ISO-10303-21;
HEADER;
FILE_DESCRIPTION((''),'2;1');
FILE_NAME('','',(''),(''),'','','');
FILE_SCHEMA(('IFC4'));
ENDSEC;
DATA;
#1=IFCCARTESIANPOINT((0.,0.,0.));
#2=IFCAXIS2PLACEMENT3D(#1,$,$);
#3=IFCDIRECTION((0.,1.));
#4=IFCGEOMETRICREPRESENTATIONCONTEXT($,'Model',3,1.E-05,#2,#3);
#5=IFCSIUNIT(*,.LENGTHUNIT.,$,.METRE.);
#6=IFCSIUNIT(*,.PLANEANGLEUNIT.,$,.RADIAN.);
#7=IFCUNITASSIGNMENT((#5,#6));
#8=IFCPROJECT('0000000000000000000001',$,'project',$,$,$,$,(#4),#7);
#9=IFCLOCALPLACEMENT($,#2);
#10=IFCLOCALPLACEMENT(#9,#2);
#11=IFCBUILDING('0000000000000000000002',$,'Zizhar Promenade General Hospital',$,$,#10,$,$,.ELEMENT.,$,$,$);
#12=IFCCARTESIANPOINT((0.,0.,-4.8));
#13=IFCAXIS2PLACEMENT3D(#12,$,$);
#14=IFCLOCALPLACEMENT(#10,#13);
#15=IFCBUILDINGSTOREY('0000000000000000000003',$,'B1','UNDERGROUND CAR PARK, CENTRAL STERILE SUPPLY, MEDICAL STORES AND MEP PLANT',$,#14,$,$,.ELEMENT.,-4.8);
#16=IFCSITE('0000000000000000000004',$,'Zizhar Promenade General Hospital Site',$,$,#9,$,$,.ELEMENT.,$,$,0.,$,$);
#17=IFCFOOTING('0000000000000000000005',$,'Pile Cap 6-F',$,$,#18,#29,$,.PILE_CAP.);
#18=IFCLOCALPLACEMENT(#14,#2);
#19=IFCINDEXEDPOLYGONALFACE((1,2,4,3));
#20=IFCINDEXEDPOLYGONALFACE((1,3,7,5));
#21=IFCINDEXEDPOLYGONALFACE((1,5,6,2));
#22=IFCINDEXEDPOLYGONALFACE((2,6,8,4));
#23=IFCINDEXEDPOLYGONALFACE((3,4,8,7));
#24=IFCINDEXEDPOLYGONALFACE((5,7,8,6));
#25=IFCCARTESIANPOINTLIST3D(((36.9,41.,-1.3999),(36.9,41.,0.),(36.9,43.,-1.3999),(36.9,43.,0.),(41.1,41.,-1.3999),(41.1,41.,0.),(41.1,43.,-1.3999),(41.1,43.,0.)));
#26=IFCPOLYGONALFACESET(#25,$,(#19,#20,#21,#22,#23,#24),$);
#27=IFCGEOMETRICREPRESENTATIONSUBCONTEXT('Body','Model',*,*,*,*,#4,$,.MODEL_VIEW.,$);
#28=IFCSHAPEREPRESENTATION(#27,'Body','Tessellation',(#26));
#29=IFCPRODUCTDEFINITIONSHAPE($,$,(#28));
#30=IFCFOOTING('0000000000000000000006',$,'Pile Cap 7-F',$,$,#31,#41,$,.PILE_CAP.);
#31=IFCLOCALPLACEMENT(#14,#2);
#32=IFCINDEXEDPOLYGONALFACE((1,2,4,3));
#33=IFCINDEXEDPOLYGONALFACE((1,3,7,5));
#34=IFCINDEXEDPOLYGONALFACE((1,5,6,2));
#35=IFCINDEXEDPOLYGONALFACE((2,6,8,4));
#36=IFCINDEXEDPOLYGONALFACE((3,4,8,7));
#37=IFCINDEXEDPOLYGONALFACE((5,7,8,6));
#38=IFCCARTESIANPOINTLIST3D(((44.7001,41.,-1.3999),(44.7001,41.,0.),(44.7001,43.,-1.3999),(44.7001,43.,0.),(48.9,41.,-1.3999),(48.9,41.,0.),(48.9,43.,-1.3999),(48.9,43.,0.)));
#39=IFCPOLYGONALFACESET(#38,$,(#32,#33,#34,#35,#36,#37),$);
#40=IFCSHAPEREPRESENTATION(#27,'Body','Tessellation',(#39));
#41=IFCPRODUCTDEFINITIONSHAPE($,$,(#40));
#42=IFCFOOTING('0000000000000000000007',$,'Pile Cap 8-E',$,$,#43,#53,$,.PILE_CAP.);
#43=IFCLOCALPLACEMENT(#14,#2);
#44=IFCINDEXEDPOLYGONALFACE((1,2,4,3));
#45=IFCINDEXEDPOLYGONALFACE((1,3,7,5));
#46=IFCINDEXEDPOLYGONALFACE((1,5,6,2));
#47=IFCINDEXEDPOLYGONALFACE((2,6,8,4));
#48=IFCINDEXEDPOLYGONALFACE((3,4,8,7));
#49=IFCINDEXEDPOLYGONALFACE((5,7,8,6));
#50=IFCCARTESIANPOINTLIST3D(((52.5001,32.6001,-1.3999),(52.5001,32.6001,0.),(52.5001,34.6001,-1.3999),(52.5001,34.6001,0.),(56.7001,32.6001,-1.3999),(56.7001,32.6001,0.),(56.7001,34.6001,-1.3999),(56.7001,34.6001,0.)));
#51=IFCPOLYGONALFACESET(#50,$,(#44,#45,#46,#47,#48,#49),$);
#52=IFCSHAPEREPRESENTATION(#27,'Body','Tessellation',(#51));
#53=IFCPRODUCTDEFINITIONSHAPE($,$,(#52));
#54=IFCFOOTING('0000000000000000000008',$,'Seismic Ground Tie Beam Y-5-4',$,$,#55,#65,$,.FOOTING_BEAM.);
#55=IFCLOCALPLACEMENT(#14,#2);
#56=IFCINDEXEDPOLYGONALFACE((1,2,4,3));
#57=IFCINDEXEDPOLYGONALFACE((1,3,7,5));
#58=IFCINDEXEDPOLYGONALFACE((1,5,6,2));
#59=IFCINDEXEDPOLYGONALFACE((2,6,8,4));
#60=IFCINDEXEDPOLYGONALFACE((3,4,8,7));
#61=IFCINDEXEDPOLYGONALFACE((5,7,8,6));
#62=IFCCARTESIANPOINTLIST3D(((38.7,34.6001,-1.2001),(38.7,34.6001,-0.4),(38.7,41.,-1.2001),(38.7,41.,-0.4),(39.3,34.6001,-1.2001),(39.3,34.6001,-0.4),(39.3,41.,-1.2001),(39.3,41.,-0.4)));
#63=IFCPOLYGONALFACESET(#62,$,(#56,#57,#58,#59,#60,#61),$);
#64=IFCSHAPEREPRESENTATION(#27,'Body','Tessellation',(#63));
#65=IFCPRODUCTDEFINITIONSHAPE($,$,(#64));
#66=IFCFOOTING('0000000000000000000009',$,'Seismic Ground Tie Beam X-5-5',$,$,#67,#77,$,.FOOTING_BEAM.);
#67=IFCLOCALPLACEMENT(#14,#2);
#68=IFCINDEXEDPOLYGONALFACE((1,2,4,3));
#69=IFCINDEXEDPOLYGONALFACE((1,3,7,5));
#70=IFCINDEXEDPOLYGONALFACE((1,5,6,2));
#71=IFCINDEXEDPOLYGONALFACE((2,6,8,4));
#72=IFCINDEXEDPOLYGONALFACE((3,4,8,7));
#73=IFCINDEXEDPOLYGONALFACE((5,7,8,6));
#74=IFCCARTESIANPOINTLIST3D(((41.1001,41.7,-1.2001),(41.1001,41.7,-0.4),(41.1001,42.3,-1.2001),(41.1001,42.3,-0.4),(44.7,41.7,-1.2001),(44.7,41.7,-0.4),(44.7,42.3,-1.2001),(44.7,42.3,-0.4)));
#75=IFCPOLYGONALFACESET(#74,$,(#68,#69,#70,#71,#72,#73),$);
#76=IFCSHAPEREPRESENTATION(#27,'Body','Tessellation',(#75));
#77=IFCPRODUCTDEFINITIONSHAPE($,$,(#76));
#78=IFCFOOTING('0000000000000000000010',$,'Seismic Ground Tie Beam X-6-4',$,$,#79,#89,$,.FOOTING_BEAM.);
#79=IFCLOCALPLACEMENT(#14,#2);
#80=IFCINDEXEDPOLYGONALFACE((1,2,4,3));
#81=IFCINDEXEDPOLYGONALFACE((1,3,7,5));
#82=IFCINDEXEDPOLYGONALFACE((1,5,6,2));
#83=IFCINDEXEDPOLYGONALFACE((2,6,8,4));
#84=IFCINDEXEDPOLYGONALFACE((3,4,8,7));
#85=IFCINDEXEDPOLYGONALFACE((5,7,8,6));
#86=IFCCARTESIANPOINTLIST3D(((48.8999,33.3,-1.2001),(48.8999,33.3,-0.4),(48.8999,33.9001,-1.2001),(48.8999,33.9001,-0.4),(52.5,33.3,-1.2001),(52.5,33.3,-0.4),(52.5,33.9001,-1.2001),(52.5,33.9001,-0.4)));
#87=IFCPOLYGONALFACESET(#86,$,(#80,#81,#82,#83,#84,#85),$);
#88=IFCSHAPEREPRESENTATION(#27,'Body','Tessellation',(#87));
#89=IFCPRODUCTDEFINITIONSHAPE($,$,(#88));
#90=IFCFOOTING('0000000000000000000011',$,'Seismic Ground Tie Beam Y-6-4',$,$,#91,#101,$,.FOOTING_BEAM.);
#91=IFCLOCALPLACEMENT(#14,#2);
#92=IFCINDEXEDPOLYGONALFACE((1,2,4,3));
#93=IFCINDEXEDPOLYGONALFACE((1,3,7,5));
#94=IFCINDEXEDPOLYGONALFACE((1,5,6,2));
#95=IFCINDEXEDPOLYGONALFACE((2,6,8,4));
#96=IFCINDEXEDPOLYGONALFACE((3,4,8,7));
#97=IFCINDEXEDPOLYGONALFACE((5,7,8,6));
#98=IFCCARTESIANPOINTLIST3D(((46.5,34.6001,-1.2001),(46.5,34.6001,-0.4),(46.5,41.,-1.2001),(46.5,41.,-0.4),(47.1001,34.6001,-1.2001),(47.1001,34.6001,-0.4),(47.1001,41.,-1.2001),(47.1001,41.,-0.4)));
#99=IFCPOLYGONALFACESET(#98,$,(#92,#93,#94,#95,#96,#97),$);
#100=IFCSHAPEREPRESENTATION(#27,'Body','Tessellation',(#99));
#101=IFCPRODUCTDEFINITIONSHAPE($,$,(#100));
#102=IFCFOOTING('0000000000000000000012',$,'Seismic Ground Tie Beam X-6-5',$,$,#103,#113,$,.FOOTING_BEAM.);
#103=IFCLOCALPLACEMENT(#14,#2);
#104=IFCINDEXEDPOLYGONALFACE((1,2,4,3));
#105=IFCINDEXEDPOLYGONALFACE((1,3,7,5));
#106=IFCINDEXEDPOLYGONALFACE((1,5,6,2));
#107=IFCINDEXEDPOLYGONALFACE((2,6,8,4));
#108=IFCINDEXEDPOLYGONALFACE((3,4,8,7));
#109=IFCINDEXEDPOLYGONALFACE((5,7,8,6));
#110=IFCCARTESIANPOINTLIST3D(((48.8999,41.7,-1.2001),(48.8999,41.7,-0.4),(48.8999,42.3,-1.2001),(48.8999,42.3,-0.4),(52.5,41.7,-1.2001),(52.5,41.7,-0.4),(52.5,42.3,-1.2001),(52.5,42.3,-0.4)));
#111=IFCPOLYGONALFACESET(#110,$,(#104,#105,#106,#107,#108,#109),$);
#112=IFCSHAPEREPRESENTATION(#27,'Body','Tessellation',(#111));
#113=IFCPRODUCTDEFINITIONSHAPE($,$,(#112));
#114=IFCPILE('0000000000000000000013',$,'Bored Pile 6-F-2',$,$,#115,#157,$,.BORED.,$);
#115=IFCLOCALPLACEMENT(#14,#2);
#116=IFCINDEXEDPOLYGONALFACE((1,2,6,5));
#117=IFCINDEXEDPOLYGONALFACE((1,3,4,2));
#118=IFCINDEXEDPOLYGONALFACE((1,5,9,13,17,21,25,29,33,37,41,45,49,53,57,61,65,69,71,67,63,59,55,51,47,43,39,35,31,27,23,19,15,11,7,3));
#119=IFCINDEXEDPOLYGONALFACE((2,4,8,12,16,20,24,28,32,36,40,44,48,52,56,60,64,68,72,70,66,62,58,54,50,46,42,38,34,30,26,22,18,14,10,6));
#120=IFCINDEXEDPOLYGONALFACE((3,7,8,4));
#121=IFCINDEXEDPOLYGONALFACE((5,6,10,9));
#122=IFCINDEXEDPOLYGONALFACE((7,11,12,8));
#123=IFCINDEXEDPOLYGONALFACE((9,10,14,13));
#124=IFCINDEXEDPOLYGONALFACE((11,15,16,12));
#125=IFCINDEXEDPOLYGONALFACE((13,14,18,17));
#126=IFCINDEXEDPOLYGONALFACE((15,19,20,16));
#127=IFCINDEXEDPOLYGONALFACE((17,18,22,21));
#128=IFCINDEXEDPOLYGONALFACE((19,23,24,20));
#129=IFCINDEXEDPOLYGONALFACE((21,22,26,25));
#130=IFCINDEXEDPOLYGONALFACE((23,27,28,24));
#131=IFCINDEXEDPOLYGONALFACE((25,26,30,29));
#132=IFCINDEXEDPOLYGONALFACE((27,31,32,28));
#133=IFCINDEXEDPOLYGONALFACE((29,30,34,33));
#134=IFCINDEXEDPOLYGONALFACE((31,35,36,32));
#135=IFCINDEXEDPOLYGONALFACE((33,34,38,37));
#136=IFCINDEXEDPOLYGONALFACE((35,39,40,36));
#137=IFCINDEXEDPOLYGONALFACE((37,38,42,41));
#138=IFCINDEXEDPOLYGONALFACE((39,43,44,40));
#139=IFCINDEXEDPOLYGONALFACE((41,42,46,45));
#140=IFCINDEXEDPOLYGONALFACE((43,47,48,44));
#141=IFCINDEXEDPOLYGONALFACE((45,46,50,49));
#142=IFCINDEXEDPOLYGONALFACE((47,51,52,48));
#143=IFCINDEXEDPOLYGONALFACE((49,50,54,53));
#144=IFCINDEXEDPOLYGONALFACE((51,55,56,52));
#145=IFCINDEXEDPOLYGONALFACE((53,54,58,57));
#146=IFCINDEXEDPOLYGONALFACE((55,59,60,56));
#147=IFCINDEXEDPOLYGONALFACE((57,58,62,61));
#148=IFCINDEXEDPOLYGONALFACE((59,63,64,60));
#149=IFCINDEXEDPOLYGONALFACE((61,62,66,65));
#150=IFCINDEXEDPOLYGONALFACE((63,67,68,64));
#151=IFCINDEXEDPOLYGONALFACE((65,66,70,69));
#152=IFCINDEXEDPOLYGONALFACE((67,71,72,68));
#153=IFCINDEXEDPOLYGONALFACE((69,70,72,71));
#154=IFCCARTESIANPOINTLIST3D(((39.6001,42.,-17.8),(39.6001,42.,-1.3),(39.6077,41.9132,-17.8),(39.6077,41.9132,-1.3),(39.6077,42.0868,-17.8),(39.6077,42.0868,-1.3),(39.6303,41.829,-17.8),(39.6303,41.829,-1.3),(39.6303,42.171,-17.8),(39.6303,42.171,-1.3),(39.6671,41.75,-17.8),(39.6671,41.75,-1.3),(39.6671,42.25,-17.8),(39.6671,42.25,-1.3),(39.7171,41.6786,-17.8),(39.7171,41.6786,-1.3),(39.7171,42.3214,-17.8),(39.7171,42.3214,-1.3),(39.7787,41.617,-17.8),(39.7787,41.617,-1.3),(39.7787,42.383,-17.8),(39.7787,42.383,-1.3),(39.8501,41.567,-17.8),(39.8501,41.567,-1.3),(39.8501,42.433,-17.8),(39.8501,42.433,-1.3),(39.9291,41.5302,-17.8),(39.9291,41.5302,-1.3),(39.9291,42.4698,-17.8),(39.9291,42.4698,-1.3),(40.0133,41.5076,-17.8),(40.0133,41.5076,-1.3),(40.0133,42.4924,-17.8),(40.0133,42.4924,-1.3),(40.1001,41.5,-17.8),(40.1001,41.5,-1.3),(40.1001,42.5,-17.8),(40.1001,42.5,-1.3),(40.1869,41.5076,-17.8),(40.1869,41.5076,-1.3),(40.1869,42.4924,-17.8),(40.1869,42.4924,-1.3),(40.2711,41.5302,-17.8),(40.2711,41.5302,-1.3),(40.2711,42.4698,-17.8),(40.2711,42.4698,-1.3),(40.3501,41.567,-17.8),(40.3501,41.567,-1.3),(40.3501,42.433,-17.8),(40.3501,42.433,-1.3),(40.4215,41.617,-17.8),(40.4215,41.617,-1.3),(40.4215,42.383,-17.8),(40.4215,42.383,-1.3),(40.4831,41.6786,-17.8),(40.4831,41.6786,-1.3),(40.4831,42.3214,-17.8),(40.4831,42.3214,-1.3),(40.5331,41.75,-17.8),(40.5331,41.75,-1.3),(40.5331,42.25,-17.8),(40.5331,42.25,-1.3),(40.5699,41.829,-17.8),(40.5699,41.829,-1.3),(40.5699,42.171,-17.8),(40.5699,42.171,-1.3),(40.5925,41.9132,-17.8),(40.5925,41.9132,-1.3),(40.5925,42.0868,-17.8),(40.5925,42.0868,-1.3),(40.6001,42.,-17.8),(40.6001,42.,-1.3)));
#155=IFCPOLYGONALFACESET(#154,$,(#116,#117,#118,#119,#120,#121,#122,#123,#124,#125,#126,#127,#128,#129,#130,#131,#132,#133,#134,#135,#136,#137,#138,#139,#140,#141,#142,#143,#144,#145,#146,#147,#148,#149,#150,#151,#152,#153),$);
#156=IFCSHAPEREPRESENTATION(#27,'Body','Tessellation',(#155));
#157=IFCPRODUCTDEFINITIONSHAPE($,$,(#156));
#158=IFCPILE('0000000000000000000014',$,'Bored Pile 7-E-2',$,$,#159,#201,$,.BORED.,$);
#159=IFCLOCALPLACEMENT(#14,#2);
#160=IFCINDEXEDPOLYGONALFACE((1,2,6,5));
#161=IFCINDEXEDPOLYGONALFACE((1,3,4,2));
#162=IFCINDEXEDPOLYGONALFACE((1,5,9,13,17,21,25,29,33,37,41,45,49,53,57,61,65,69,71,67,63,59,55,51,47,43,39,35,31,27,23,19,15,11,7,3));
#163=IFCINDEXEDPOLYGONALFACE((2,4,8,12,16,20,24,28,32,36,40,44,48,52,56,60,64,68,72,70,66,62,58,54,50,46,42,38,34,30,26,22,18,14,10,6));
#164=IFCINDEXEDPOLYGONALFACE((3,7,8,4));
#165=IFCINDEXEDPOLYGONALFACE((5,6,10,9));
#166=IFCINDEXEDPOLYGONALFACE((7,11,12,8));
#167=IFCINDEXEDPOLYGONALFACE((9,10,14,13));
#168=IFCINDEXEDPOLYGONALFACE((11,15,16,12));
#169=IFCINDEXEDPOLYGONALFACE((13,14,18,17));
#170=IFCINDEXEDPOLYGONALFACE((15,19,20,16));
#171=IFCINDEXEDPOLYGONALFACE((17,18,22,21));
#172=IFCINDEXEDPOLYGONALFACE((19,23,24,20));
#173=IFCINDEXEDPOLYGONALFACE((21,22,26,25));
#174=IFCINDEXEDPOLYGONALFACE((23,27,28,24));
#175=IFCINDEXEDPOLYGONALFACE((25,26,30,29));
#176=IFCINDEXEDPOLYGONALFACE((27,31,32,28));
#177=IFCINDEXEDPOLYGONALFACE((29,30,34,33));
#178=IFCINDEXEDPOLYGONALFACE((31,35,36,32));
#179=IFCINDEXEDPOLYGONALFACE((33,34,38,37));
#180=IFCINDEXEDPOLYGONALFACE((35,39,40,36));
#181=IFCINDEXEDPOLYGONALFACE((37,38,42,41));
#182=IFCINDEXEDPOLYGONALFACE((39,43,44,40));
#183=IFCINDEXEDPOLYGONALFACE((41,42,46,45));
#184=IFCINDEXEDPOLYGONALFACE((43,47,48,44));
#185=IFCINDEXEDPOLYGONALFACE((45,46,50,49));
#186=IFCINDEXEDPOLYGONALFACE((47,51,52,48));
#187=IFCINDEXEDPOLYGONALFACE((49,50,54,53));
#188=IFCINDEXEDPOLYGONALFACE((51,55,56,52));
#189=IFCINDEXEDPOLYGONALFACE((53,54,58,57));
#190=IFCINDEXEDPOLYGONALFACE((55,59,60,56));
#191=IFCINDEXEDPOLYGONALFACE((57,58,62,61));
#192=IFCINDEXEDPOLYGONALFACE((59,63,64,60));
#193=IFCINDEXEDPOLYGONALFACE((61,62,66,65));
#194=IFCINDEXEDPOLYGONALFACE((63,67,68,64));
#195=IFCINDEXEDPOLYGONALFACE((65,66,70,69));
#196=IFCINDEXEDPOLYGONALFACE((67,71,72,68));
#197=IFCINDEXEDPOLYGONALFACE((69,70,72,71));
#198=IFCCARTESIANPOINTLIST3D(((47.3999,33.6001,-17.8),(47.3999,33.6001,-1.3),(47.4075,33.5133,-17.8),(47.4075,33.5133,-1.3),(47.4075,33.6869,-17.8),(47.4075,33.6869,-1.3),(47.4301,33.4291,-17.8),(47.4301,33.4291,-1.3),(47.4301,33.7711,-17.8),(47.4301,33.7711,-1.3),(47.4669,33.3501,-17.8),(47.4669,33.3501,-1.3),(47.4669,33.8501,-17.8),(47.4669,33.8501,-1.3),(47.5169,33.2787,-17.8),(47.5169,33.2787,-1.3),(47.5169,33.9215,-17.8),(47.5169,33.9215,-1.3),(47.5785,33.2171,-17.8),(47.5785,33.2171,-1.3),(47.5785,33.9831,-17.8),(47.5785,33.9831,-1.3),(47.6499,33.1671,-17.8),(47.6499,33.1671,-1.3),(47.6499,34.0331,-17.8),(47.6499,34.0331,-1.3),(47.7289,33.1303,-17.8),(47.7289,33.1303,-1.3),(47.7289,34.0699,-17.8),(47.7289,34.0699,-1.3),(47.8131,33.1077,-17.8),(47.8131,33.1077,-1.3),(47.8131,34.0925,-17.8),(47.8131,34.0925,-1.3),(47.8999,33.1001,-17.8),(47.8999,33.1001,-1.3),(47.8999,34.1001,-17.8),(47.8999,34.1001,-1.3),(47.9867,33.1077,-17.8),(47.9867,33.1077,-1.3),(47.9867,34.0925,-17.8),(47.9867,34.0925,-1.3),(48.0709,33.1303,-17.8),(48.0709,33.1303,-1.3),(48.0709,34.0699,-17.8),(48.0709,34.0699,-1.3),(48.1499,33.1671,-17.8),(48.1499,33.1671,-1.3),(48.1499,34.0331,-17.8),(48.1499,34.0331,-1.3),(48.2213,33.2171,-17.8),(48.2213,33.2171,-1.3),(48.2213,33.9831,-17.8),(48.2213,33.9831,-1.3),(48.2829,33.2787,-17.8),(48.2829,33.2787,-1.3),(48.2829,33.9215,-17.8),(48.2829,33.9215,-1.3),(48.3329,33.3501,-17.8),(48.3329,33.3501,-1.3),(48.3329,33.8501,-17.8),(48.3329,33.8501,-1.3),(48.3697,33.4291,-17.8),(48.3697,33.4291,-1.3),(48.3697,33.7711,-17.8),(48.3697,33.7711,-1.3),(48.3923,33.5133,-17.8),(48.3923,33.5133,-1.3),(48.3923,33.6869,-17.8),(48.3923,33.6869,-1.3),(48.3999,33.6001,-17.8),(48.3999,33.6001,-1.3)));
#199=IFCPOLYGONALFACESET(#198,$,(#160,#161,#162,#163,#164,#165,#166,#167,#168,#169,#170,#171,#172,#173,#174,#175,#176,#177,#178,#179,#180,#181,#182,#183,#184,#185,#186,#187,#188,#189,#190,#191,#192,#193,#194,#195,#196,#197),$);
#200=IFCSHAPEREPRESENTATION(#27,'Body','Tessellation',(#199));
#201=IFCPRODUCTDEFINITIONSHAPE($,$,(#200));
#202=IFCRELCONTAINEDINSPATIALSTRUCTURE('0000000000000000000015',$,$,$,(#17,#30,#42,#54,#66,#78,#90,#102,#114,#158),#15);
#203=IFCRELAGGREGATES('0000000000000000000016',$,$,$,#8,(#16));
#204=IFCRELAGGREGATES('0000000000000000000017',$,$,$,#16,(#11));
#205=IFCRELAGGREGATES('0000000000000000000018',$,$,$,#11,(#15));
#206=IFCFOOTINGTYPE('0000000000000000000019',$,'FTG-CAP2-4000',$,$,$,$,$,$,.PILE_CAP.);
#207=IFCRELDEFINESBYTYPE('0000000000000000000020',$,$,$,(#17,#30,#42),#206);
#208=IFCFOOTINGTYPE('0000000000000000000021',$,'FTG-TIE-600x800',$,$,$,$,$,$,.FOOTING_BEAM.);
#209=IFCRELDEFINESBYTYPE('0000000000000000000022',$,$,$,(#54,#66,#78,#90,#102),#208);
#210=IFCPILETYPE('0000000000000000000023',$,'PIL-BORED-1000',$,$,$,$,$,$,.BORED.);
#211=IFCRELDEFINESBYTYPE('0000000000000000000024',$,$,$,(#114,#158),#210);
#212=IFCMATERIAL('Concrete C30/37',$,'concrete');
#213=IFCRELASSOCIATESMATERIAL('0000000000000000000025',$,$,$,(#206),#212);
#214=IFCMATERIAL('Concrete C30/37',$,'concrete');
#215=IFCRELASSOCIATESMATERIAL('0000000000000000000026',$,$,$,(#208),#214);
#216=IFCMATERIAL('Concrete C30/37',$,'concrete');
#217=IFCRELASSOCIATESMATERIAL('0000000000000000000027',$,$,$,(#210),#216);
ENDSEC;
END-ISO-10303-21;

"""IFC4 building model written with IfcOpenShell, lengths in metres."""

from ifc_helpers import new_model, si_unit, direction, frame, origin, origin_2d, place, context, subcontext, project, spatial, rectangle, circle, extrude, material, material_profile, profile_set, type_object, element, save


model = new_model("IFC4")

# Units and contexts
model_context = context("Model", 3, precision=1e-05, world=origin(), true_north=direction((0.0, 1.0)))
body_context = subcontext(model_context, "Body", "Model", "MODEL_VIEW")
ifc_project = project(units=[si_unit("LENGTHUNIT", "METRE"), si_unit("PLANEANGLEUNIT", "RADIAN")], contexts=[model_context])

# Site, building, storey
site_placement = place(None, origin())
site = spatial("IfcSite", under=ifc_project, at=site_placement, Name="Zizhar Promenade General Hospital Site", CompositionType="ELEMENT", RefElevation=0.0)
building_placement = place(site_placement, origin())
building = spatial("IfcBuilding", under=site, at=building_placement, Name="Zizhar Promenade General Hospital", CompositionType="ELEMENT")
storey_placement = place(building_placement, frame((0.0, 0.0, -4.8)))
storey = spatial("IfcBuildingStorey", under=building, at=storey_placement, Name="B1", Description="UNDERGROUND CAR PARK, CENTRAL STERILE SUPPLY, MEDICAL STORES AND MEP PLANT", CompositionType="ELEMENT", Elevation=-4.8)

# Footings
ifc_material_1 = material(Name="Concrete C30/37", Category="concrete")
footing_type_1 = type_object("IfcFootingType", Name="FTG-CAP2-4000", PredefinedType="PILE_CAP", material=ifc_material_1)
for number, where, z_axis, x_axis, name in (
    (1, (39.0, 42.0, -1.3999), (0.0, 0.0, 1.0), (1.0, 0.0, 0.0), "Pile Cap 6-F"),
    (2, (46.8, 42.0, -1.3999), (0.0, 0.0, 1.0), (1.0, 0.0, 0.0), "Pile Cap 7-F"),
    (3, (54.6001, 33.6001, -1.3999), (0.0, 0.0, 1.0), (1.0, 0.0, 0.0), "Pile Cap 8-E"),
):
    element("IfcFooting", number, at=place(storey_placement, frame(where, z_axis=z_axis, x_axis=x_axis)), inside=storey, type_object=footing_type_1, Name=name, PredefinedType="PILE_CAP", context=body_context, shape_type="SweptSolid", body=[
        extrude(rectangle(XDim=4.2, YDim=2.0, at=origin_2d()), origin(), (0.0, 0.0, 1.0), 1.3999),
    ])
ifc_material_2 = material(Name="Concrete C30/37", Category="concrete")
ifc_material_profile_1 = material_profile(ifc_material_2, rectangle(XDim=0.6001, YDim=0.8, at=origin_2d()))
ifc_profile_set_1 = profile_set([ifc_material_profile_1], Name="Concrete C30/37")
footing_type_2 = type_object("IfcFootingType", Name="FTG-TIE-600x800", PredefinedType="FOOTING_BEAM", material=ifc_profile_set_1)
footing_1_placement = place(storey_placement, frame((39.0, 34.6001, -0.8), z_axis=(0.0, 1.0, 0.0), x_axis=(-1.0, 0.0, 0.0)))
element("IfcFooting", 4, at=footing_1_placement, inside=storey, type_object=footing_type_2, Name="Seismic Ground Tie Beam Y-5-4", PredefinedType="FOOTING_BEAM", context=body_context, shape_type="SweptSolid", body=[
    extrude(rectangle(XDim=0.6001, YDim=0.8, at=origin_2d()), origin(), (0.0, 0.0, 1.0), 6.3999),
])
footing_2_placement = place(storey_placement, frame((41.1001, 42.0, -0.8), z_axis=(1.0, 0.0, 0.0), x_axis=(0.0, 1.0, 0.0)))
element("IfcFooting", 5, at=footing_2_placement, inside=storey, type_object=footing_type_2, Name="Seismic Ground Tie Beam X-5-5", PredefinedType="FOOTING_BEAM", context=body_context, shape_type="SweptSolid", body=[
    extrude(rectangle(XDim=0.6001, YDim=0.8, at=origin_2d()), origin(), (0.0, 0.0, 1.0), 3.5999),
])
footing_3_placement = place(storey_placement, frame((48.8999, 33.6001, -0.8), z_axis=(1.0, 0.0, 0.0), x_axis=(0.0, 1.0, 0.0)))
element("IfcFooting", 6, at=footing_3_placement, inside=storey, type_object=footing_type_2, Name="Seismic Ground Tie Beam X-6-4", PredefinedType="FOOTING_BEAM", context=body_context, shape_type="SweptSolid", body=[
    extrude(rectangle(XDim=0.6001, YDim=0.8, at=origin_2d()), origin(), (0.0, 0.0, 1.0), 3.6001),
])
footing_4_placement = place(storey_placement, frame((46.8, 34.6001, -0.8), z_axis=(0.0, 1.0, 0.0), x_axis=(-1.0, 0.0, 0.0)))
element("IfcFooting", 7, at=footing_4_placement, inside=storey, type_object=footing_type_2, Name="Seismic Ground Tie Beam Y-6-4", PredefinedType="FOOTING_BEAM", context=body_context, shape_type="SweptSolid", body=[
    extrude(rectangle(XDim=0.6001, YDim=0.8, at=origin_2d()), origin(), (0.0, 0.0, 1.0), 6.3999),
])
footing_5_placement = place(storey_placement, frame((48.8999, 42.0, -0.8), z_axis=(1.0, 0.0, 0.0), x_axis=(0.0, 1.0, 0.0)))
element("IfcFooting", 8, at=footing_5_placement, inside=storey, type_object=footing_type_2, Name="Seismic Ground Tie Beam X-6-5", PredefinedType="FOOTING_BEAM", context=body_context, shape_type="SweptSolid", body=[
    extrude(rectangle(XDim=0.6001, YDim=0.8, at=origin_2d()), origin(), (0.0, 0.0, 1.0), 3.6001),
])

# Piles
ifc_material_3 = material(Name="Concrete C30/37", Category="concrete")
ifc_material_profile_2 = material_profile(ifc_material_3, circle(Radius=0.5, at=origin_2d()))
ifc_profile_set_2 = profile_set([ifc_material_profile_2], Name="Concrete C30/37")
pile_type = type_object("IfcPileType", Name="PIL-BORED-1000", PredefinedType="BORED", material=ifc_profile_set_2)
for number, where, z_axis, x_axis, name in (
    (9, (40.1001, 42.0, -1.3), (0.0, 0.0, -1.0), (1.0, 0.0, 0.0), "Bored Pile 6-F-2"),
    (10, (47.8999, 33.6001, -1.3), (0.0, 0.0, -1.0), (1.0, 0.0, 0.0), "Bored Pile 7-E-2"),
):
    element("IfcPile", number, at=place(storey_placement, frame(where, z_axis=z_axis, x_axis=x_axis)), inside=storey, type_object=pile_type, Name=name, PredefinedType="BORED", context=body_context, shape_type="SweptSolid", body=[
        extrude(circle(Radius=0.5, at=origin_2d()), origin(), (0.0, 0.0, 1.0), 16.5),
    ])

save(model, "model.ifc")
